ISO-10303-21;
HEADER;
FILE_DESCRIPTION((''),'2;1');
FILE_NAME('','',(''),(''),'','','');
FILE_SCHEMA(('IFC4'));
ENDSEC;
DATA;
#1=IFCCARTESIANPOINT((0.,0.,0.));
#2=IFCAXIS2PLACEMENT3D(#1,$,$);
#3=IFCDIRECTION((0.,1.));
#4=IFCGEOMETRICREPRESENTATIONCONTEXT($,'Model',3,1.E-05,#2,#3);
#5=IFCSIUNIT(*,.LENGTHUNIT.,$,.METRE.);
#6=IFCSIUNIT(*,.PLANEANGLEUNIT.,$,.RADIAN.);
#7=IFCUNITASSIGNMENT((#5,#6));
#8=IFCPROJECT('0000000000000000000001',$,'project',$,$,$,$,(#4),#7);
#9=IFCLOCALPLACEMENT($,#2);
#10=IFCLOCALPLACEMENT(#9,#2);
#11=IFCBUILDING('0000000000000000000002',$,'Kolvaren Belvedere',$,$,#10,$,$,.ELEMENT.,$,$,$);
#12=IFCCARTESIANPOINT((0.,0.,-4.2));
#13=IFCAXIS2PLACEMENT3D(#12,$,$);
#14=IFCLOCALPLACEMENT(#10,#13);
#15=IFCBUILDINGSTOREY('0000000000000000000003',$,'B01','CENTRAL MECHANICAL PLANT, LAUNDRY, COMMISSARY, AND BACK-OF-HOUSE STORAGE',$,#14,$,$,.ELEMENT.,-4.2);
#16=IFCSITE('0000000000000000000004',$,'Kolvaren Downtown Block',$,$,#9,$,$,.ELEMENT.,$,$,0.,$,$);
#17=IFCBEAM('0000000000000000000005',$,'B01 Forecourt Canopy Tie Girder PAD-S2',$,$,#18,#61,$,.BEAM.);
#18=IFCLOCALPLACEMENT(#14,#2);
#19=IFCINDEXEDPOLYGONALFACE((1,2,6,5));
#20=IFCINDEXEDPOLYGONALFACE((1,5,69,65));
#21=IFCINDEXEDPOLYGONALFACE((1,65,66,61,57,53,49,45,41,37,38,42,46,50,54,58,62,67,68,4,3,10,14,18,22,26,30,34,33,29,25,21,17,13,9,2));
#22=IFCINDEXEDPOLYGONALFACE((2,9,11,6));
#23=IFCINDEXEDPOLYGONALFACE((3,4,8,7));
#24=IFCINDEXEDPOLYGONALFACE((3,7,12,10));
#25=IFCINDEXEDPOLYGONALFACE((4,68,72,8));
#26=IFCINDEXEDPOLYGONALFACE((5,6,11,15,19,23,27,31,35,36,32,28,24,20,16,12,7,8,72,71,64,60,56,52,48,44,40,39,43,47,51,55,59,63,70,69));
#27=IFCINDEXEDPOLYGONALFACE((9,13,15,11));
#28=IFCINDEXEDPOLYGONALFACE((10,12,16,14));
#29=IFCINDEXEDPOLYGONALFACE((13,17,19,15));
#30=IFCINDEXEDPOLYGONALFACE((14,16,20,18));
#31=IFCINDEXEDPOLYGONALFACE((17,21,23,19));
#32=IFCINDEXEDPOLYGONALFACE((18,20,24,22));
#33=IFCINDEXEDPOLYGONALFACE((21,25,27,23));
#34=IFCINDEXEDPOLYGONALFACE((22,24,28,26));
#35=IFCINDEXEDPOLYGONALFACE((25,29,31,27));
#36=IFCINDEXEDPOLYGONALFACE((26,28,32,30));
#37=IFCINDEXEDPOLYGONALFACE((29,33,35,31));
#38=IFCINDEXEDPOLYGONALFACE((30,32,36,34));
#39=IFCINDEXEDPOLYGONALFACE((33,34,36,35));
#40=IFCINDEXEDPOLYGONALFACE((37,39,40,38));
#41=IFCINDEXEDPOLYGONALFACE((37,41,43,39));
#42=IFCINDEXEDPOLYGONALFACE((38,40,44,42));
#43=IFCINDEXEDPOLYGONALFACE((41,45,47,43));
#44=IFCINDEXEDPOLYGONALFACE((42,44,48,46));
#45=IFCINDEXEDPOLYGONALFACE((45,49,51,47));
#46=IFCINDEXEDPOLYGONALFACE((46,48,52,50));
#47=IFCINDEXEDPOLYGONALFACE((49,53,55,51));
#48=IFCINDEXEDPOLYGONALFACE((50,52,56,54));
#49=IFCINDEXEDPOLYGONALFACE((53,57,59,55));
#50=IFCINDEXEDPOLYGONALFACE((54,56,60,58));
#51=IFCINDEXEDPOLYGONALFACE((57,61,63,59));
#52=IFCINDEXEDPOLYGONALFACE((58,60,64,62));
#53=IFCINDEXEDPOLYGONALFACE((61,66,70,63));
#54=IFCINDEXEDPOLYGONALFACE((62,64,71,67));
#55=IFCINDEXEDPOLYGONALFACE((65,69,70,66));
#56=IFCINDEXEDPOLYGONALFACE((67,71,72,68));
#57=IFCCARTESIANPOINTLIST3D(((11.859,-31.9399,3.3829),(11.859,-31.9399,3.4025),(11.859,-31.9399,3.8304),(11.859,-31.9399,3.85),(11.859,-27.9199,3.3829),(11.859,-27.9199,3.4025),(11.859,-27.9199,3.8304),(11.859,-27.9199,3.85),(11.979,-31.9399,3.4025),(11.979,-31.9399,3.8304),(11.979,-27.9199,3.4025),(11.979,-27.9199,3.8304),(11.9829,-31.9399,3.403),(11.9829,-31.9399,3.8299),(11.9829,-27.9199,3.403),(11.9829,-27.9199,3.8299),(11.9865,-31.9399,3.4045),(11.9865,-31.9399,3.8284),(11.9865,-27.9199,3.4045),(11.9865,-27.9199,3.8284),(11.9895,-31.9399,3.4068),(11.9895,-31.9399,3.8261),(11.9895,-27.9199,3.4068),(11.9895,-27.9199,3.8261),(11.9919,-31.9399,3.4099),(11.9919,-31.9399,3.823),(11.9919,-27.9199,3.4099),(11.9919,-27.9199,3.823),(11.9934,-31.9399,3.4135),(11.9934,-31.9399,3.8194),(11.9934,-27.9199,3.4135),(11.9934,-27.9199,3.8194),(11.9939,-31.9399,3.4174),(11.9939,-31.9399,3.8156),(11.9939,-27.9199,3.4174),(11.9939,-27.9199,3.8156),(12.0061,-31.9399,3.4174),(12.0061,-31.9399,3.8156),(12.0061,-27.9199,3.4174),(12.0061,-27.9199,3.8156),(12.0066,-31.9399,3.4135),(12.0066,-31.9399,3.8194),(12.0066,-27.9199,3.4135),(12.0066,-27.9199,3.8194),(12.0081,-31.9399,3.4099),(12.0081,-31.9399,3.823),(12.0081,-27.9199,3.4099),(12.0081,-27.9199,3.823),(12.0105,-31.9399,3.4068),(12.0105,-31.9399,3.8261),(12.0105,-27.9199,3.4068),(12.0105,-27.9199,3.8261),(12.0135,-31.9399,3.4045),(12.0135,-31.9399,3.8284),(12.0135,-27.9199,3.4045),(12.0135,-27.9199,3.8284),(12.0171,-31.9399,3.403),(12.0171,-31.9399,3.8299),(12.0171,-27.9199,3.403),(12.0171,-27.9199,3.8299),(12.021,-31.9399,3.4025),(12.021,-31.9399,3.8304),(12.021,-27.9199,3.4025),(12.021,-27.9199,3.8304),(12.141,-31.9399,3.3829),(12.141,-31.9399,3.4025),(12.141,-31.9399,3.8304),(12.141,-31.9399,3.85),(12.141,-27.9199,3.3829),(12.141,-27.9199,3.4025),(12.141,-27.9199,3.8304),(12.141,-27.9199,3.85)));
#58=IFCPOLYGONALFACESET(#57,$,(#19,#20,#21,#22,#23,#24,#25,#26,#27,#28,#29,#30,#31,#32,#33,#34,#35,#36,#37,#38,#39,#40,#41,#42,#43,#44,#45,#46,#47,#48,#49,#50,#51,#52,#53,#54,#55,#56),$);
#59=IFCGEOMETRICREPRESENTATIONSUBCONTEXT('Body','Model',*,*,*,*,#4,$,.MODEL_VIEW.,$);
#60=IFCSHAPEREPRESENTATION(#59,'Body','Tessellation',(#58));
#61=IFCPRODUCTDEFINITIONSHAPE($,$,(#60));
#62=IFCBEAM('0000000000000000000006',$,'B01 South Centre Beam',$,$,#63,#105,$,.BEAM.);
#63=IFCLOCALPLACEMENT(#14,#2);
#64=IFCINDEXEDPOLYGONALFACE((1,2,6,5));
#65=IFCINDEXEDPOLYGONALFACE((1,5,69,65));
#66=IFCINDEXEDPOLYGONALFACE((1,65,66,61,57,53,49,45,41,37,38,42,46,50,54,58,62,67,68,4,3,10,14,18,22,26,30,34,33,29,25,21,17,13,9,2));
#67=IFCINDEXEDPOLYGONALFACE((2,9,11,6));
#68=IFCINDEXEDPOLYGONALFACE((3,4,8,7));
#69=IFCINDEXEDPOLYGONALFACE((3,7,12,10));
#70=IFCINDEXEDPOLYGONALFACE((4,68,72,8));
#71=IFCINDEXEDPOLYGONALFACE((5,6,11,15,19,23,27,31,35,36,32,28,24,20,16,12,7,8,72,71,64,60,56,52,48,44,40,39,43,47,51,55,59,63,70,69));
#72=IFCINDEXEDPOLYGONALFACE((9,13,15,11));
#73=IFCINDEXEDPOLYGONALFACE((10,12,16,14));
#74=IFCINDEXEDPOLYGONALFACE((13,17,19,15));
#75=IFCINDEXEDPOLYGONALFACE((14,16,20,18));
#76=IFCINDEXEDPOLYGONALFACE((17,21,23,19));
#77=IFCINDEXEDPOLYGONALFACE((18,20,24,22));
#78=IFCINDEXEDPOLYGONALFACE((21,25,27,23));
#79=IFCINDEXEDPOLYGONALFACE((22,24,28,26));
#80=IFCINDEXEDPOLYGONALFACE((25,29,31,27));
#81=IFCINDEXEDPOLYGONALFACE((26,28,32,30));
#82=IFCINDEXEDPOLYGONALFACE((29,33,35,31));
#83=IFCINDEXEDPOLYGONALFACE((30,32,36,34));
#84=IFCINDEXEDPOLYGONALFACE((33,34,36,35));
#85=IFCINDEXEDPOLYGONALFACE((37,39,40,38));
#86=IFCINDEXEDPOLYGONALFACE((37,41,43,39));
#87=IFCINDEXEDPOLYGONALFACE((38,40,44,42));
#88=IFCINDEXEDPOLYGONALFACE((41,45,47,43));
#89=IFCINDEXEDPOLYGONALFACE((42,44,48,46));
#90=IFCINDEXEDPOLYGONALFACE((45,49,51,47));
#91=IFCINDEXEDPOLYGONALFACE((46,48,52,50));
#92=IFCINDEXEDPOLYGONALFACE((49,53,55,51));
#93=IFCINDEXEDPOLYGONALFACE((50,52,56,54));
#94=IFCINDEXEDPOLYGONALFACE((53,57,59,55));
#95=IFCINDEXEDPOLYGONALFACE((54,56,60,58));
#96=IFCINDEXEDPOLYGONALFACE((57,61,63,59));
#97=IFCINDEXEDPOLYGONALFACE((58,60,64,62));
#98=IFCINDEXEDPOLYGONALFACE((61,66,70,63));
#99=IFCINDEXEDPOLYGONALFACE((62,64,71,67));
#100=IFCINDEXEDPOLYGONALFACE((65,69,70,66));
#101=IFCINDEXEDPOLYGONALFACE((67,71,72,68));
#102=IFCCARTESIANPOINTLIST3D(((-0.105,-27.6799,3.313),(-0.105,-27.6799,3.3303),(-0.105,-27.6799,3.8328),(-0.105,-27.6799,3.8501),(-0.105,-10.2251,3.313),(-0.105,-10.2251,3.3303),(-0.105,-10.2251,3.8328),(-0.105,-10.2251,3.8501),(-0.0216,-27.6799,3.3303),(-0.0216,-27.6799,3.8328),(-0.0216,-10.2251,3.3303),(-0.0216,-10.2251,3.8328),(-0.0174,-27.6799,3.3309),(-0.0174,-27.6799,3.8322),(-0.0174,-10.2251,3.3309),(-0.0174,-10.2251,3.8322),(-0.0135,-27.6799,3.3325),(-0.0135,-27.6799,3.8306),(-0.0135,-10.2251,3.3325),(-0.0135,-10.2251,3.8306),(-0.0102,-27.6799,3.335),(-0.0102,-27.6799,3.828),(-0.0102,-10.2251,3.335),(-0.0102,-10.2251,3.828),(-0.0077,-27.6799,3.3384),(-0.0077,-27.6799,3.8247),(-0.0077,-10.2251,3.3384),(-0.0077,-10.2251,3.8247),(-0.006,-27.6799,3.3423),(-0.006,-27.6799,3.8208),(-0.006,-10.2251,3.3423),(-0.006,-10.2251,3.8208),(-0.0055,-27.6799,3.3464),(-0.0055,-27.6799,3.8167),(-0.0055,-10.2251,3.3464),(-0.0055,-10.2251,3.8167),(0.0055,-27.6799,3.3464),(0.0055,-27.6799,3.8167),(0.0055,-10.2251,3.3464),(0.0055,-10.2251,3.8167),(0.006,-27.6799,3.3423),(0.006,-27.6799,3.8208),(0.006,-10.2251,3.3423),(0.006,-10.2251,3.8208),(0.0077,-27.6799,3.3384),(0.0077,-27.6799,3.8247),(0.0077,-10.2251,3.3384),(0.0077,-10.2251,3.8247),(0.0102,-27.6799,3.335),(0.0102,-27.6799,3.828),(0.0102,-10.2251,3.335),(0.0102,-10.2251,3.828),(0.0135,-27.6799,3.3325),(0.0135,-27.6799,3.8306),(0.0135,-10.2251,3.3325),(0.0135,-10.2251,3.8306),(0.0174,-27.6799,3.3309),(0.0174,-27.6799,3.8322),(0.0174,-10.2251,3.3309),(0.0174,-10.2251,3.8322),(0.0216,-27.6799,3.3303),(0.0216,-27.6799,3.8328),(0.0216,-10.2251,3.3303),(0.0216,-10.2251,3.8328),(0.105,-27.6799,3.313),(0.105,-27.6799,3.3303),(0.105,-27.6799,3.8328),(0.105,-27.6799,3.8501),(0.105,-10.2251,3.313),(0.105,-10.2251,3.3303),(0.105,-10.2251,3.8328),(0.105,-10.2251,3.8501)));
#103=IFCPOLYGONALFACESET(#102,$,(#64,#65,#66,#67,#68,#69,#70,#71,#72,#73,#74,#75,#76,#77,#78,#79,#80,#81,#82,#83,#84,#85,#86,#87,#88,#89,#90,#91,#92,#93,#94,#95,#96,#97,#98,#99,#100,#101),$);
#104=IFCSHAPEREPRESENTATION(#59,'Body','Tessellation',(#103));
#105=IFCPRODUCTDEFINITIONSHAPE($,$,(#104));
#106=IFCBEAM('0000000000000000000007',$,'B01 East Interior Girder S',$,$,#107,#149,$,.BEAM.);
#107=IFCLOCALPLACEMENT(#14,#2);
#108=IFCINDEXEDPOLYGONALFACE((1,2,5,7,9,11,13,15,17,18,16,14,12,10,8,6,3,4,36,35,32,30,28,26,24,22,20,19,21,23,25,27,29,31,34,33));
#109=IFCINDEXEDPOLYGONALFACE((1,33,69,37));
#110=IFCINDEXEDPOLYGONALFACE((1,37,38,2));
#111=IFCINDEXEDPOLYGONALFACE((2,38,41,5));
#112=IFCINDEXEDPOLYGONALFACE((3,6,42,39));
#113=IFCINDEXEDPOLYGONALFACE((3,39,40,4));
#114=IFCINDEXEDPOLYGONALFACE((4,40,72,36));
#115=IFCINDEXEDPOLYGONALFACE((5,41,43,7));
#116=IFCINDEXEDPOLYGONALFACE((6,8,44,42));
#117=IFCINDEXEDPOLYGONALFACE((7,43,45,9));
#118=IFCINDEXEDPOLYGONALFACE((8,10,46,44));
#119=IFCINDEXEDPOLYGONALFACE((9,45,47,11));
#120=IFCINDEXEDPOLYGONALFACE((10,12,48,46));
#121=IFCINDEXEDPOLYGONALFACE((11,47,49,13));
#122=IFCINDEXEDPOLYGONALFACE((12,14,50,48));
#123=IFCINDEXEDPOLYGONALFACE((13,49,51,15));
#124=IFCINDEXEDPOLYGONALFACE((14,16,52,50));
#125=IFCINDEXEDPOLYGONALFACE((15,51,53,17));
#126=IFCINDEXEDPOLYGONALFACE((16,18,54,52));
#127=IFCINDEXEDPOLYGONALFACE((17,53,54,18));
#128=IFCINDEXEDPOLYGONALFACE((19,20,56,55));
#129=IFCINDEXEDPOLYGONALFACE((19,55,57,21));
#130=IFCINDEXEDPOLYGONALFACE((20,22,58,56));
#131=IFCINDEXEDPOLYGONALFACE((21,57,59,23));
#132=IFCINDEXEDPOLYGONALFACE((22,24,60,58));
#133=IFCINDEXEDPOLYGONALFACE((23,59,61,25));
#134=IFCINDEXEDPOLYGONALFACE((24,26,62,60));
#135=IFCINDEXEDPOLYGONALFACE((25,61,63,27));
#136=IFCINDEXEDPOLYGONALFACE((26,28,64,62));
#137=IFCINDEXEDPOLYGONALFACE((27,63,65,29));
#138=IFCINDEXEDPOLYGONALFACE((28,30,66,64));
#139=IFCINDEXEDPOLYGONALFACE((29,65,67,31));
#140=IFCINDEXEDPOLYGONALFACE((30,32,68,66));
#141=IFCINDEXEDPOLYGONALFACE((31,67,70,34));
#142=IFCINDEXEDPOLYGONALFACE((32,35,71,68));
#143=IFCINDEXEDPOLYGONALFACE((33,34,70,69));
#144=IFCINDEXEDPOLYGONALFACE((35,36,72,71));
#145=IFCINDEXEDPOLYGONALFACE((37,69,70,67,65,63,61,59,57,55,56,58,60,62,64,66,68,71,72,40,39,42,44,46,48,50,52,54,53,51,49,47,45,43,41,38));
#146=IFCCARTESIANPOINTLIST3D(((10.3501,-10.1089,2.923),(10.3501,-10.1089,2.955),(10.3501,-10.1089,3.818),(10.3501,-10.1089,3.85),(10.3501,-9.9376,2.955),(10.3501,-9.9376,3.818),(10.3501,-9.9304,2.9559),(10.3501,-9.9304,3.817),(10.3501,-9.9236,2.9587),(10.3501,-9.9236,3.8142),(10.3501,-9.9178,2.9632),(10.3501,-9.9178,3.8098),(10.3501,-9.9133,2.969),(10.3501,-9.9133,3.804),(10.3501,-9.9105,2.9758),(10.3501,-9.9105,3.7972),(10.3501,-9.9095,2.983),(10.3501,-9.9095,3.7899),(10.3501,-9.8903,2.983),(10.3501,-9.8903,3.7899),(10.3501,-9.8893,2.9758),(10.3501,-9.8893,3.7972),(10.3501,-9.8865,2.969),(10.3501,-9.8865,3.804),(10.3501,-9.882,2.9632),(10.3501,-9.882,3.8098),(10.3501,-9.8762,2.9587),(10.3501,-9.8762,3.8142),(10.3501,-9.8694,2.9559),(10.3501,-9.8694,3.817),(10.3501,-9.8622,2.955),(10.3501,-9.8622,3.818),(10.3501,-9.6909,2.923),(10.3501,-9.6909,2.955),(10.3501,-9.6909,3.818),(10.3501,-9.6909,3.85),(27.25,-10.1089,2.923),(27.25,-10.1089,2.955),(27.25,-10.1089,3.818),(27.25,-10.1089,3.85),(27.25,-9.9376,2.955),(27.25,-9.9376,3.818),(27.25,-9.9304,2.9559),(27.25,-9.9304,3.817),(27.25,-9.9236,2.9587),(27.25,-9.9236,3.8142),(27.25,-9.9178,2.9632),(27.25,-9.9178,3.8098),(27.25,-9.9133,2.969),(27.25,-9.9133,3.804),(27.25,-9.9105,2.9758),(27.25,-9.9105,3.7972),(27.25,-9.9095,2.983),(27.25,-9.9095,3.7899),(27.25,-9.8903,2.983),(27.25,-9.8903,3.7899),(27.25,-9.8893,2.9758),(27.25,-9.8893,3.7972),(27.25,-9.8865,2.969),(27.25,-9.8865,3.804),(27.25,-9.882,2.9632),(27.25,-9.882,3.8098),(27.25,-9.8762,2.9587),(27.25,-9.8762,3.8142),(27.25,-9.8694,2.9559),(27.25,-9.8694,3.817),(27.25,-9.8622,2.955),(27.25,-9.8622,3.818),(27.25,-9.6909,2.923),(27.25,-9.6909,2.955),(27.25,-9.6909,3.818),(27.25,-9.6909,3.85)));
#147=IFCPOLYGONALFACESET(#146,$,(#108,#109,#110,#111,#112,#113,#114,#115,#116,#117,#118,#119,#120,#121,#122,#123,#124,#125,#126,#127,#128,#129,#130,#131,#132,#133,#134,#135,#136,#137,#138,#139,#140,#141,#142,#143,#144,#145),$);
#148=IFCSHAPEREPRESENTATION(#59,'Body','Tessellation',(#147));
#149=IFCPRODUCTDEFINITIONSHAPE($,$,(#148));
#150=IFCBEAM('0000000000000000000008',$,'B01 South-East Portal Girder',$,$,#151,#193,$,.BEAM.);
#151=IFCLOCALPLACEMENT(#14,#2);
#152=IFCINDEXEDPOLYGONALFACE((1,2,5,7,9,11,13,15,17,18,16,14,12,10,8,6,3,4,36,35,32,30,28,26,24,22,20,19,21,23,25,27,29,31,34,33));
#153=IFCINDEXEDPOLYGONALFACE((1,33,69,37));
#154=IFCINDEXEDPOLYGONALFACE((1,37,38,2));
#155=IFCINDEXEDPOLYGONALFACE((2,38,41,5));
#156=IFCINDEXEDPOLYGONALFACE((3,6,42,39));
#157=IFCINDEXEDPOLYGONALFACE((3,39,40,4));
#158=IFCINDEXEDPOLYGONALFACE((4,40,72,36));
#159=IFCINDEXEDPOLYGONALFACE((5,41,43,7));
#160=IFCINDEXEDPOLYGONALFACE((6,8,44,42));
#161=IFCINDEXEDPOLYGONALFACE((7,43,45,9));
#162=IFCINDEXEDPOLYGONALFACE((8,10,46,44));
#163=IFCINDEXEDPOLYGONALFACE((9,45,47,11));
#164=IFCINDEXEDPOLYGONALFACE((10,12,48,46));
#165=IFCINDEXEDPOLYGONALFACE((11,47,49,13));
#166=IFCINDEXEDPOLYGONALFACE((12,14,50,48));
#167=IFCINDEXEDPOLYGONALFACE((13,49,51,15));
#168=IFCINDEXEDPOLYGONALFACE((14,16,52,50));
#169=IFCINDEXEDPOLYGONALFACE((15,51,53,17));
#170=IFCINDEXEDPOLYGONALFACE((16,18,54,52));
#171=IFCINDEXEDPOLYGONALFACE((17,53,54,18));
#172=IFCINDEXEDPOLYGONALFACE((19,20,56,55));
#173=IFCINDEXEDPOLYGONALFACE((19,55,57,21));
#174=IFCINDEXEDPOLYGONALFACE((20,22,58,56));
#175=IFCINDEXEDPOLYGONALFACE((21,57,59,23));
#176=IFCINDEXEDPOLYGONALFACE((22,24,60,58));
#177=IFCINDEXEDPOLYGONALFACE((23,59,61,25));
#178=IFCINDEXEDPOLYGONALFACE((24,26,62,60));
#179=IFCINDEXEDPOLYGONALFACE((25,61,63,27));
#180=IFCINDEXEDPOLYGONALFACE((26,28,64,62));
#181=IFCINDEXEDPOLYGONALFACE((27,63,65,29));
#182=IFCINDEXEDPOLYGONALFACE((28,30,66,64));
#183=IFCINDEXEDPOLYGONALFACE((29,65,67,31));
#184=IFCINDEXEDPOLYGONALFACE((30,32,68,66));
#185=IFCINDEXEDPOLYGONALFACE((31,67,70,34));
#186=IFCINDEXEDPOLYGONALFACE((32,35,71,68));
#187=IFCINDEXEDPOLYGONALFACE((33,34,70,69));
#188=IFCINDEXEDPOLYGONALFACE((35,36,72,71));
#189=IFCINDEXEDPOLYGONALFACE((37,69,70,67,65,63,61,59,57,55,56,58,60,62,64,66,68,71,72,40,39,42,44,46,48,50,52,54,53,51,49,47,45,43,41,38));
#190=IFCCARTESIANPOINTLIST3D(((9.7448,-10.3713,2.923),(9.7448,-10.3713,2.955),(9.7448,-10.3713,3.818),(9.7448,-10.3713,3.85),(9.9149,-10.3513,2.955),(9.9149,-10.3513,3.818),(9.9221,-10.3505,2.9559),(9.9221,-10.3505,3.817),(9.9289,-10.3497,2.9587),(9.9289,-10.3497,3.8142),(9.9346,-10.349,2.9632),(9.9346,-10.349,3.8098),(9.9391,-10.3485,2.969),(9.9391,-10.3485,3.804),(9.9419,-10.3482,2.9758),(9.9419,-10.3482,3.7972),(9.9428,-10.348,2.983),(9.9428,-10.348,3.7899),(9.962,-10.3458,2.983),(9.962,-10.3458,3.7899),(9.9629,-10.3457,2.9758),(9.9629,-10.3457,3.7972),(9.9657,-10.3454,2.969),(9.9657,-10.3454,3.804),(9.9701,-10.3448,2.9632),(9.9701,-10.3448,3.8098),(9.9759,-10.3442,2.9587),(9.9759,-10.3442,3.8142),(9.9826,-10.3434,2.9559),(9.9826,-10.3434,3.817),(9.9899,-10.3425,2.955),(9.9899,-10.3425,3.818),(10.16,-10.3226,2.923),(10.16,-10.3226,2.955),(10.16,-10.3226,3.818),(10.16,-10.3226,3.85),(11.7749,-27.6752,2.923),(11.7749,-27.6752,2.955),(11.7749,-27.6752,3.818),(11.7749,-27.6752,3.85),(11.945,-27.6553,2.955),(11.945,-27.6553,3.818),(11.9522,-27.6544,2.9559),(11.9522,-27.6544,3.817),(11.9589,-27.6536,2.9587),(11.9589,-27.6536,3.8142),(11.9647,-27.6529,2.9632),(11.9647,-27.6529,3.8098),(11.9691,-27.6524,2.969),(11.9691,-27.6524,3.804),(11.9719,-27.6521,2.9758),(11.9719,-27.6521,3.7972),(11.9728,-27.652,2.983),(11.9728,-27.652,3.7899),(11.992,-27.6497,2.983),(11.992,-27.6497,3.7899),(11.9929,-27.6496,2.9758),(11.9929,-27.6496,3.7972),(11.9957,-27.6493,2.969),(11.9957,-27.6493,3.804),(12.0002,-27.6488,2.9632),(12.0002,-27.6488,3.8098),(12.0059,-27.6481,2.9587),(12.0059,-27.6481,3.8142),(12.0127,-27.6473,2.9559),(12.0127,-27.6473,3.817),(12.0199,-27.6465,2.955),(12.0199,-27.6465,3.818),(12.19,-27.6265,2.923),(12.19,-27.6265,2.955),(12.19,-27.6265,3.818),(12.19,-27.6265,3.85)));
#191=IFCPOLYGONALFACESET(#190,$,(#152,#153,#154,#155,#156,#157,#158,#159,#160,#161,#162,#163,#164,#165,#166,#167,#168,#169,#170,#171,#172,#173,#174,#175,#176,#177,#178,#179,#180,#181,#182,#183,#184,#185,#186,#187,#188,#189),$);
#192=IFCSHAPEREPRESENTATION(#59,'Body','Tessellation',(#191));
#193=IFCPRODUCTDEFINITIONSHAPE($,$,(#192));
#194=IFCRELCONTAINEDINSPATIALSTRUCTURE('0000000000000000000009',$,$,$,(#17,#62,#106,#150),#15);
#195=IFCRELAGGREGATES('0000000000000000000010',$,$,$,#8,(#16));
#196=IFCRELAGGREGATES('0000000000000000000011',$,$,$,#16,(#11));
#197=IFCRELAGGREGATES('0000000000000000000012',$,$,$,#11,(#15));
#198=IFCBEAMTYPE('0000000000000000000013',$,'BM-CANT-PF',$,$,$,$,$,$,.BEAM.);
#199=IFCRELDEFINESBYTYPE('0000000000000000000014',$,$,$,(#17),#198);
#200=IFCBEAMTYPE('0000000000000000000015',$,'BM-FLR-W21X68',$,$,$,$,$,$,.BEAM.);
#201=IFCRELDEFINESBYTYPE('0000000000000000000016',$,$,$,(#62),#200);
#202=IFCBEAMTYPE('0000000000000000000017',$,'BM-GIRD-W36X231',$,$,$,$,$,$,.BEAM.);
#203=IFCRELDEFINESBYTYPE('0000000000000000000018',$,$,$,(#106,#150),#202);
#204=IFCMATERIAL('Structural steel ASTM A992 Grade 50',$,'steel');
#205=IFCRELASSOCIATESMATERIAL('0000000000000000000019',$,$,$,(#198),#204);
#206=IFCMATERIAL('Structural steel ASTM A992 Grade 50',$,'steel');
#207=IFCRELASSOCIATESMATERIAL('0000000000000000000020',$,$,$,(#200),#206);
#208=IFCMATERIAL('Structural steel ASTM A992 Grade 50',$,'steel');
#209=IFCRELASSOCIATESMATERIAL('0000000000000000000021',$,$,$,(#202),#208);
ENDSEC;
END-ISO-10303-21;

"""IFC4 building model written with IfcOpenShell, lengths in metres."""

from ifc_helpers import new_model, si_unit, direction, frame, origin, origin_2d, place, context, subcontext, project, spatial, i_section, extrude, material, material_profile, profile_set, type_object, element, save


model = new_model("IFC4")

# Units and contexts
model_context = context("Model", 3, precision=1e-05, world=origin(), true_north=direction((0.0, 1.0)))
body_context = subcontext(model_context, "Body", "Model", "MODEL_VIEW")
ifc_project = project(units=[si_unit("LENGTHUNIT", "METRE"), si_unit("PLANEANGLEUNIT", "RADIAN")], contexts=[model_context])

# Site, building, storey
site_placement = place(None, origin())
site = spatial("IfcSite", under=ifc_project, at=site_placement, Name="Kolvaren Downtown Block", CompositionType="ELEMENT", RefElevation=0.0)
building_placement = place(site_placement, origin())
building = spatial("IfcBuilding", under=site, at=building_placement, Name="Kolvaren Belvedere", CompositionType="ELEMENT")
storey_placement = place(building_placement, frame((0.0, 0.0, -4.2)))
storey = spatial("IfcBuildingStorey", under=building, at=storey_placement, Name="B01", Description="CENTRAL MECHANICAL PLANT, LAUNDRY, COMMISSARY, AND BACK-OF-HOUSE STORAGE", CompositionType="ELEMENT", Elevation=-4.2)

# Beams
ifc_material_1 = material(Name="Structural steel ASTM A992 Grade 50", Category="steel")
ifc_material_profile_1 = material_profile(ifc_material_1, i_section(OverallWidth=0.282, OverallDepth=0.467, WebThickness=0.0122, FlangeThickness=0.0195, FilletRadius=0.0149, at=origin_2d()), Name="W18X86")
ifc_profile_set_1 = profile_set([ifc_material_profile_1], Name="Structural steel ASTM A992 Grade 50")
beam_type_1 = type_object("IfcBeamType", Name="BM-CANT-PF", PredefinedType="BEAM", material=ifc_profile_set_1)
beam_1_placement = place(storey_placement, frame((12.0, -31.9399, 3.6165), z_axis=(0.0, 1.0, 0.0), x_axis=(-1.0, 0.0, 0.0)))
element("IfcBeam", 1, at=beam_1_placement, inside=storey, type_object=beam_type_1, Name="B01 Forecourt Canopy Tie Girder PAD-S2", PredefinedType="BEAM", context=body_context, shape_type="SweptSolid", body=[
    extrude(i_section(OverallWidth=0.282, OverallDepth=0.467, WebThickness=0.0122, FlangeThickness=0.0195, FilletRadius=0.0149, at=origin_2d()), origin(), (0.0, 0.0, 1.0), 4.02),
])
ifc_material_2 = material(Name="Structural steel ASTM A992 Grade 50", Category="steel")
ifc_material_profile_2 = material_profile(ifc_material_2, i_section(OverallWidth=0.21, OverallDepth=0.5371, WebThickness=0.011, FlangeThickness=0.0173, FilletRadius=0.0161, at=origin_2d()), Name="W21X68")
ifc_profile_set_2 = profile_set([ifc_material_profile_2], Name="Structural steel ASTM A992 Grade 50")
beam_type_2 = type_object("IfcBeamType", Name="BM-FLR-W21X68", PredefinedType="BEAM", material=ifc_profile_set_2)
beam_2_placement = place(storey_placement, frame((0.0, -10.2251, 3.5815), z_axis=(0.0, -1.0, 0.0), x_axis=(1.0, 0.0, 0.0)))
element("IfcBeam", 2, at=beam_2_placement, inside=storey, type_object=beam_type_2, Name="B01 South Centre Beam", PredefinedType="BEAM", context=body_context, shape_type="SweptSolid", body=[
    extrude(i_section(OverallWidth=0.21, OverallDepth=0.5371, WebThickness=0.011, FlangeThickness=0.0173, FilletRadius=0.0161, at=origin_2d()), origin(), (0.0, 0.0, 1.0), 17.4548),
])
ifc_material_3 = material(Name="Structural steel ASTM A992 Grade 50", Category="steel")
ifc_material_profile_3 = material_profile(ifc_material_3, i_section(OverallWidth=0.418, OverallDepth=0.927, WebThickness=0.0193, FlangeThickness=0.032, FilletRadius=0.0281, at=origin_2d()), Name="W36X231")
ifc_profile_set_3 = profile_set([ifc_material_profile_3], Name="Structural steel ASTM A992 Grade 50")
beam_type_3 = type_object("IfcBeamType", Name="BM-GIRD-W36X231", PredefinedType="BEAM", material=ifc_profile_set_3)
beam_3_placement = place(storey_placement, frame((10.3501, -9.8999, 3.3865), z_axis=(1.0, 0.0, 0.0), x_axis=(0.0, 1.0, 0.0)))
element("IfcBeam", 3, at=beam_3_placement, inside=storey, type_object=beam_type_3, Name="B01 East Interior Girder S", PredefinedType="BEAM", context=body_context, shape_type="SweptSolid", body=[
    extrude(i_section(OverallWidth=0.418, OverallDepth=0.927, WebThickness=0.0193, FlangeThickness=0.032, FilletRadius=0.0281, at=origin_2d()), origin(), (0.0, 0.0, 1.0), 16.8999),
])
beam_4_placement = place(storey_placement, frame((9.9524, -10.3469, 3.3865), z_axis=(0.116517, -0.993189, 0.0), x_axis=(0.993189, 0.116517, 0.0)))
element("IfcBeam", 4, at=beam_4_placement, inside=storey, type_object=beam_type_3, Name="B01 South-East Portal Girder", PredefinedType="BEAM", context=body_context, shape_type="SweptSolid", body=[
    extrude(i_section(OverallWidth=0.418, OverallDepth=0.927, WebThickness=0.0193, FlangeThickness=0.032, FilletRadius=0.0281, at=origin_2d()), origin(), (0.0, 0.0, 1.0), 17.4226),
])

save(model, "model.ifc")
